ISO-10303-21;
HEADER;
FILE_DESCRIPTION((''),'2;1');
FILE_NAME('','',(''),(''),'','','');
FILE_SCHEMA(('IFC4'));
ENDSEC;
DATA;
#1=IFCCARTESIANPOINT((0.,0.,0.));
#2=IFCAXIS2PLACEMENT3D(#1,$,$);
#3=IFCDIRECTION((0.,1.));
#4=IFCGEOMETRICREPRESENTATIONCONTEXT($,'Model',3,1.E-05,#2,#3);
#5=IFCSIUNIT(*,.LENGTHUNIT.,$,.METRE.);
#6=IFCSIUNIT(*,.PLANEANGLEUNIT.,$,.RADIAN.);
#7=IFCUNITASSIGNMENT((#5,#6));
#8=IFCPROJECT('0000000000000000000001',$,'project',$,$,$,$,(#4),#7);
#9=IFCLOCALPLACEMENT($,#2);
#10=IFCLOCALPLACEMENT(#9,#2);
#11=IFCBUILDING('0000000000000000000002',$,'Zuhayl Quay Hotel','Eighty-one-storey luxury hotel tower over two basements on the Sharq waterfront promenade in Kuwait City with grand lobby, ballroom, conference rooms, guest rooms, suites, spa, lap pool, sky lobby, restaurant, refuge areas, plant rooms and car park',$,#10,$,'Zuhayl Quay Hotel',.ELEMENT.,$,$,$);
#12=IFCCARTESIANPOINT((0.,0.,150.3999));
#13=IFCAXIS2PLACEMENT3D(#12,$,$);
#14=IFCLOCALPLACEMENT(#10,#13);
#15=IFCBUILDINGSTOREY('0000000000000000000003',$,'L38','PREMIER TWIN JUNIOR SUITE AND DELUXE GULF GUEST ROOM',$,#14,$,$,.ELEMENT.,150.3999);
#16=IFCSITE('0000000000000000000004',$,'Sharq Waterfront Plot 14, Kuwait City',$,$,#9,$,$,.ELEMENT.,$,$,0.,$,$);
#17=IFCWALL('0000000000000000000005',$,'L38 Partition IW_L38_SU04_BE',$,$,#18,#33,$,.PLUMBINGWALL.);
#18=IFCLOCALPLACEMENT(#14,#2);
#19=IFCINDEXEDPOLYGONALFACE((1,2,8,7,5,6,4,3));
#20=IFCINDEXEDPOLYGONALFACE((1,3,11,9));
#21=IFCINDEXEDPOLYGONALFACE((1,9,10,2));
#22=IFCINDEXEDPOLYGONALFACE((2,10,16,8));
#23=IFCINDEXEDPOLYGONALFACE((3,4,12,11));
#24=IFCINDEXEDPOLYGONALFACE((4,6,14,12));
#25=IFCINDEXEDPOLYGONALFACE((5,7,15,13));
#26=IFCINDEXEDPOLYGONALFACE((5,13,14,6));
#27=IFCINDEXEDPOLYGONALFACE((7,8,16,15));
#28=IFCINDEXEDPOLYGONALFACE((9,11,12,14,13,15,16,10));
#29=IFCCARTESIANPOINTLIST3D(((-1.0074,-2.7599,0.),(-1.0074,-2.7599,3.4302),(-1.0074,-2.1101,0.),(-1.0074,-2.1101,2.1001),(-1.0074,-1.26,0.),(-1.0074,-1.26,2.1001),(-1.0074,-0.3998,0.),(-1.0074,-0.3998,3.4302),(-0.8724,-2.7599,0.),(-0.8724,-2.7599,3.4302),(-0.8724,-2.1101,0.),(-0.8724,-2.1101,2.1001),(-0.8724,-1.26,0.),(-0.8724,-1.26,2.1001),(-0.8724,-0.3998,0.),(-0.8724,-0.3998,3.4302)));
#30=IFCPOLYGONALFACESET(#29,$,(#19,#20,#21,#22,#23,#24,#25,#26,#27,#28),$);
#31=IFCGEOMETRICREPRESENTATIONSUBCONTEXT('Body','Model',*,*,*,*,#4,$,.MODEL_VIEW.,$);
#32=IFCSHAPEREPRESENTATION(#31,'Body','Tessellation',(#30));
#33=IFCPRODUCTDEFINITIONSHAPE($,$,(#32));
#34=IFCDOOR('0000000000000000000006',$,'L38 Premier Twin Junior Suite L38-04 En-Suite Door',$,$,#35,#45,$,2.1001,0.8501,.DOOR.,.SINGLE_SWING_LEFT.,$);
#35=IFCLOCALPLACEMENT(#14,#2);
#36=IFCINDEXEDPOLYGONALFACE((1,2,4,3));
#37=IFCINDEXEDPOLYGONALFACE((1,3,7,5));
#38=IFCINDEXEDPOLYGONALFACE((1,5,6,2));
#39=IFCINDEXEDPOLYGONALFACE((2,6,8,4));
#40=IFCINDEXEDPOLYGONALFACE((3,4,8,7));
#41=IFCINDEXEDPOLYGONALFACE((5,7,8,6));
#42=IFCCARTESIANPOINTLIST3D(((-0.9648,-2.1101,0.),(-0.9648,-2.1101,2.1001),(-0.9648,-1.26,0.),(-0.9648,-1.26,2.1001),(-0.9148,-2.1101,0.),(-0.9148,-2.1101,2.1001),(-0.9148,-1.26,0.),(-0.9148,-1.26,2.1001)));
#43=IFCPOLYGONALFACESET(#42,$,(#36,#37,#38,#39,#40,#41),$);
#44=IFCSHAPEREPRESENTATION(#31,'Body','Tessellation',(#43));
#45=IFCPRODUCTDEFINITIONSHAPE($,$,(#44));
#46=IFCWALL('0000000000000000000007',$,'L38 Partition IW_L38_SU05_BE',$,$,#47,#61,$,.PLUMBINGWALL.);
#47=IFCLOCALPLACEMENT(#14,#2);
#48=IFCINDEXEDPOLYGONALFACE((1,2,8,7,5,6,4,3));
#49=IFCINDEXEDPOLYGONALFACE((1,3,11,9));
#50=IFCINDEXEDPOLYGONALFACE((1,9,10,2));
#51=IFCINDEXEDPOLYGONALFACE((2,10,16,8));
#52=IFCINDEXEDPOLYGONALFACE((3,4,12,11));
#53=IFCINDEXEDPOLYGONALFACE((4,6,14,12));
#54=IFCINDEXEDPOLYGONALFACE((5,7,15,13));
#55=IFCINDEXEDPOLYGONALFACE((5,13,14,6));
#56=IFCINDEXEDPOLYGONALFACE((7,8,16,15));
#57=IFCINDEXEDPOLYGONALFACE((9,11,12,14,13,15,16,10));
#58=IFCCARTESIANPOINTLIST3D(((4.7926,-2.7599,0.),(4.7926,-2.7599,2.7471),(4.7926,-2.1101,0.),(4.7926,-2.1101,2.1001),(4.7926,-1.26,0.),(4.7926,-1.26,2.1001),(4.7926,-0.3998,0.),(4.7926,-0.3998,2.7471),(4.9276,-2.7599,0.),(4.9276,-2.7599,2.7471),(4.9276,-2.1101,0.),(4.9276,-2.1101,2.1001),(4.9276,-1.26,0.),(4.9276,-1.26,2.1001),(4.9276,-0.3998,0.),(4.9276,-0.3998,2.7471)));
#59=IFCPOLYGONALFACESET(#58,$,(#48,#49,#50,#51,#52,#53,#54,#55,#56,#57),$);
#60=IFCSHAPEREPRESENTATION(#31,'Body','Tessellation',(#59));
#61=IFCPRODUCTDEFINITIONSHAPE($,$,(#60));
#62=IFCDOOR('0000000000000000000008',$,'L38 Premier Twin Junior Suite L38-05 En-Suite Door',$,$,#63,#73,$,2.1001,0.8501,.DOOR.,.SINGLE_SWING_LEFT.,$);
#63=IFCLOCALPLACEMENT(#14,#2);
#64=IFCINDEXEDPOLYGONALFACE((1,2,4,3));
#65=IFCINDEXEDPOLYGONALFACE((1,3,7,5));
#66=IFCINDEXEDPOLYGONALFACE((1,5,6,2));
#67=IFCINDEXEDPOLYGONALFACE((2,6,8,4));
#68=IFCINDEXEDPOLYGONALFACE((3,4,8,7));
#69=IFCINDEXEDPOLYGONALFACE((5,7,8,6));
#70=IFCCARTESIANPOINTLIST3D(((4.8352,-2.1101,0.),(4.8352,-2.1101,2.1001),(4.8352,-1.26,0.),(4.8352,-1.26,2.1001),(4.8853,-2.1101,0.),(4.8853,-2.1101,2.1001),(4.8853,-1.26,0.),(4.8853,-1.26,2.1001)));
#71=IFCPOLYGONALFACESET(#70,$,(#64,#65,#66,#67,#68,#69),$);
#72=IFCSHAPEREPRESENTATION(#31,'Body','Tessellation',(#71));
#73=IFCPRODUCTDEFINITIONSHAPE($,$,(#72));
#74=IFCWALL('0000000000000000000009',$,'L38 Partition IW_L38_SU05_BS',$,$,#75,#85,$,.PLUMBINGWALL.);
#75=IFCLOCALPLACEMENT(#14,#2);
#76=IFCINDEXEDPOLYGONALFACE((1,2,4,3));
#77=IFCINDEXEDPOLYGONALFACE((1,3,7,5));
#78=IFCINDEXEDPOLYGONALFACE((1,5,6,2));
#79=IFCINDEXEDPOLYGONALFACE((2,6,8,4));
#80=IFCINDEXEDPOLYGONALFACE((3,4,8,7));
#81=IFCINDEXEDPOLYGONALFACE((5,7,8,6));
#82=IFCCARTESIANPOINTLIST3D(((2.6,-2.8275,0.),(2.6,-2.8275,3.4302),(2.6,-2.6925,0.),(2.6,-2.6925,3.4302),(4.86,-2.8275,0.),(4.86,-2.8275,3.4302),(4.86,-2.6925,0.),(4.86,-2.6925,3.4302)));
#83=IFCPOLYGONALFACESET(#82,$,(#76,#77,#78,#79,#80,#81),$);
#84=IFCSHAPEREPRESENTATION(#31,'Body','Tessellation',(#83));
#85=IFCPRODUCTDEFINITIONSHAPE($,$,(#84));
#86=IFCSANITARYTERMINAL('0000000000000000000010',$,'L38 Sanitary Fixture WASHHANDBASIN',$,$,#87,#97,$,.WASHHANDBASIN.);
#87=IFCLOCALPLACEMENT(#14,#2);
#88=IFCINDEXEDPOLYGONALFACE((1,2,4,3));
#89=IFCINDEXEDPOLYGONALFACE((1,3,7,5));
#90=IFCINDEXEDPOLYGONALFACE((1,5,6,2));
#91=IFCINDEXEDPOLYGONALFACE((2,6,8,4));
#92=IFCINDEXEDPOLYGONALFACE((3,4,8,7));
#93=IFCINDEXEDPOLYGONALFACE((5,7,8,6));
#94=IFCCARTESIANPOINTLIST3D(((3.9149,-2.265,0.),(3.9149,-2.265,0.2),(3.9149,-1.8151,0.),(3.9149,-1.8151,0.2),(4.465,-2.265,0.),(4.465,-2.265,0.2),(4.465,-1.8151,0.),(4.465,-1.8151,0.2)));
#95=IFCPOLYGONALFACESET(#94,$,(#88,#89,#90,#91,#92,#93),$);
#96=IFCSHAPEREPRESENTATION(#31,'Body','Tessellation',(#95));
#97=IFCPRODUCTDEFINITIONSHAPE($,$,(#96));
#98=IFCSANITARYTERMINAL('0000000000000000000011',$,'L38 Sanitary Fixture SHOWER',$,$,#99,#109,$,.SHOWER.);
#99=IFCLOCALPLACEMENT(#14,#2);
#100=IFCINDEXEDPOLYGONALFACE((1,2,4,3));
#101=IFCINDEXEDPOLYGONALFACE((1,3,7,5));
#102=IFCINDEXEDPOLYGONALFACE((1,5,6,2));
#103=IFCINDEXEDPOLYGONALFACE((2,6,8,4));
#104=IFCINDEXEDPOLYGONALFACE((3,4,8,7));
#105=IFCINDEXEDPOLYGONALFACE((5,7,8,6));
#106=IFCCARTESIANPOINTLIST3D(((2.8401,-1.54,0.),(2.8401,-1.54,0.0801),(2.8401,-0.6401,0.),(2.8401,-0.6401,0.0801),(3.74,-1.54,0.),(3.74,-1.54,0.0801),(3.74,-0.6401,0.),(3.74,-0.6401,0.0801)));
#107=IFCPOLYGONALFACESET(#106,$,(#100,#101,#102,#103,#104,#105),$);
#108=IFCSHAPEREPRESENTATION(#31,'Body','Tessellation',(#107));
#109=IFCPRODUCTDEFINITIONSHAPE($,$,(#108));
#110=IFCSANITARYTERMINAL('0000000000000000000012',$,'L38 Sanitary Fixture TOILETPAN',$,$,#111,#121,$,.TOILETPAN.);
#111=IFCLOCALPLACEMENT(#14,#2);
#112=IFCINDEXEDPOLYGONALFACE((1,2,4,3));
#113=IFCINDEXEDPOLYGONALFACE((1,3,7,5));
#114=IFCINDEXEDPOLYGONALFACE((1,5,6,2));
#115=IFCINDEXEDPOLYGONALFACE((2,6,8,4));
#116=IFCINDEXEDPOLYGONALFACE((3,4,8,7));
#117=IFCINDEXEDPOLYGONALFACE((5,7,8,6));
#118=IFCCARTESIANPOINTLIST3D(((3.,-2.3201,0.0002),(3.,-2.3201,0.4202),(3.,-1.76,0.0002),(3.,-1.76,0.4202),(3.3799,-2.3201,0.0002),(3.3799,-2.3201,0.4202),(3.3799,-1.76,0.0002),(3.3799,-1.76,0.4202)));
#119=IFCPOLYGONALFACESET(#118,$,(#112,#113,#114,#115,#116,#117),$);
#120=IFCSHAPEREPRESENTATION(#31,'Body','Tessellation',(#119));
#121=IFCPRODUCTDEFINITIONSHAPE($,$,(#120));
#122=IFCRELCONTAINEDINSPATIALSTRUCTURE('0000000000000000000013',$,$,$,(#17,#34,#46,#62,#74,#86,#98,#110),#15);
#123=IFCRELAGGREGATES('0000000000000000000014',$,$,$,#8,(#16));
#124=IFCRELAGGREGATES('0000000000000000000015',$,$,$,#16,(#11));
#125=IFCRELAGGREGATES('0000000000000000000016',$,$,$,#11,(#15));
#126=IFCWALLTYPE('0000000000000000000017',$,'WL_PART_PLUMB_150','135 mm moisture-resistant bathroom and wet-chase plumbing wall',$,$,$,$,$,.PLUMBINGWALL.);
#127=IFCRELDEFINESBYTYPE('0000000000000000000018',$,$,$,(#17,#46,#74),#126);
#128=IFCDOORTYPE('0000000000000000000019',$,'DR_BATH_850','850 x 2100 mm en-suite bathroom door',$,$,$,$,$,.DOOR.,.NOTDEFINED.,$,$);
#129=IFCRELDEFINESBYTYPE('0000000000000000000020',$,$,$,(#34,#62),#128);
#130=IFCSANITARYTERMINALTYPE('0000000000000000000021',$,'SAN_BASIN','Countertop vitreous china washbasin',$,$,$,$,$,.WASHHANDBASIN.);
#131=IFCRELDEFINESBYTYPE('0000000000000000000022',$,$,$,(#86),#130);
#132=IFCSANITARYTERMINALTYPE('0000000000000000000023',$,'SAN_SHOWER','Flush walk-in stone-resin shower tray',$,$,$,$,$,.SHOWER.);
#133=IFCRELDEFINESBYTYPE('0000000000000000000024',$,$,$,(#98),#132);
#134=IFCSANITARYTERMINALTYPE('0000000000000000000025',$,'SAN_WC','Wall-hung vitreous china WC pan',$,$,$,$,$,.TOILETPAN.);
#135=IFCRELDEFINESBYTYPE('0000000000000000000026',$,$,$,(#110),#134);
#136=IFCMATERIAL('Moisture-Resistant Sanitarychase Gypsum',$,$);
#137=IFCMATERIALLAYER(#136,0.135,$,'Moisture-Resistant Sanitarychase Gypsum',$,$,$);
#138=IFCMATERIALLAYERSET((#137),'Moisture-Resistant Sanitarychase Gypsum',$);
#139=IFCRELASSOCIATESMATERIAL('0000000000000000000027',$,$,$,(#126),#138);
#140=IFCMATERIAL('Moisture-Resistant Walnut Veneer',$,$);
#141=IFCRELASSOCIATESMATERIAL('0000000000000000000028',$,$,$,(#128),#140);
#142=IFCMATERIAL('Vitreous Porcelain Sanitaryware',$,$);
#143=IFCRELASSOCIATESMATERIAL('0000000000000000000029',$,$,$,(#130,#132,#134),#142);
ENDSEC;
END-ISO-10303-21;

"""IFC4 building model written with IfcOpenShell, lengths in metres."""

from ifc_helpers import new_model, si_unit, direction, frame, frame_2d, origin, origin_2d, place, context, subcontext, project, spatial, rectangle, extrude, material, layer, layer_set, type_object, element, fill, save


model = new_model("IFC4")

# Units and contexts
model_context = context("Model", 3, precision=1e-05, world=origin(), true_north=direction((0.0, 1.0)))
body_context = subcontext(model_context, "Body", "Model", "MODEL_VIEW")
ifc_project = project(units=[si_unit("LENGTHUNIT", "METRE"), si_unit("PLANEANGLEUNIT", "RADIAN")], contexts=[model_context])

# Site, building, storey
site_placement = place(None, origin())
site = spatial("IfcSite", under=ifc_project, at=site_placement, Name="Sharq Waterfront Plot 14, Kuwait City", CompositionType="ELEMENT", RefElevation=0.0)
building_placement = place(site_placement, origin())
building = spatial("IfcBuilding", under=site, at=building_placement, Name="Zuhayl Quay Hotel", Description="Eighty-one-storey luxury hotel tower over two basements on the Sharq waterfront promenade in Kuwait City with grand lobby, ballroom, conference rooms, guest rooms, suites, spa, lap pool, sky lobby, restaurant, refuge areas, plant rooms and car park", LongName="Zuhayl Quay Hotel", CompositionType="ELEMENT")
storey_placement = place(building_placement, frame((0.0, 0.0, 150.3999)))
storey = spatial("IfcBuildingStorey", under=building, at=storey_placement, Name="L38", Description="PREMIER TWIN JUNIOR SUITE AND DELUXE GULF GUEST ROOM", CompositionType="ELEMENT", Elevation=150.3999)

# Walls, openings, doors
ifc_material_1 = material(Name="Moisture-Resistant Sanitarychase Gypsum")
ifc_layer_1 = layer(ifc_material_1, 0.135, Name="Moisture-Resistant Sanitarychase Gypsum")
ifc_layer_set_1 = layer_set([ifc_layer_1], Name="Moisture-Resistant Sanitarychase Gypsum")
wall_type_1 = type_object("IfcWallType", Name="WL_PART_PLUMB_150", Description="135 mm moisture-resistant bathroom and wet-chase plumbing wall", PredefinedType="PLUMBINGWALL", material=ifc_layer_set_1)
wall_1_placement = place(storey_placement, frame((-0.9399, -2.76, 0.0), z_axis=(0.0, 0.0, 1.0), x_axis=(0.0, 1.0, 0.0)))
wall_1 = element("IfcWall", 1, at=wall_1_placement, inside=storey, type_object=wall_type_1, Name="L38 Partition IW_L38_SU04_BE", PredefinedType="PLUMBINGWALL", context=body_context, shape_type="SweptSolid", body=[
    extrude(rectangle(XDim=2.3601, YDim=0.135, at=frame_2d((1.1802, 0.0))), origin(), (0.0, 0.0, 1.0), 3.4302),
])
opening_1_placement = place(wall_1_placement, frame((0.6499, 0.0, 0.0)))
opening_1 = element("IfcOpeningElement", 2, at=opening_1_placement, cuts=wall_1, PredefinedType="OPENING", context=body_context, shape_type="SweptSolid", body=[
    extrude(rectangle(XDim=0.8501, YDim=2.1001, at=frame_2d((0.425, 1.05))), frame((0.0, 0.0774, 0.0), z_axis=(0.0, -1.0, 0.0), x_axis=(1.0, 0.0, 0.0)), (0.0, 0.0, 1.0), 0.155),
])
ifc_material_2 = material(Name="Moisture-Resistant Walnut Veneer")
door_type_1 = type_object("IfcDoorType", Name="DR_BATH_850", Description="850 x 2100 mm en-suite bathroom door", OperationType="NOTDEFINED", PredefinedType="DOOR", material=ifc_material_2)
door_1_placement = place(opening_1_placement, origin())
door_1 = element("IfcDoor", 3, at=door_1_placement, inside=storey, type_object=door_type_1, Name="L38 Premier Twin Junior Suite L38-04 En-Suite Door", OperationType="SINGLE_SWING_LEFT", OverallHeight=2.1001, OverallWidth=0.8501, PredefinedType="DOOR", context=body_context, shape_type="SweptSolid", body=[
    extrude(rectangle(XDim=0.8501, YDim=2.1001, at=frame_2d((0.425, 1.05))), frame((0.0, 0.0249, 0.0), z_axis=(0.0, -1.0, 0.0), x_axis=(1.0, 0.0, 0.0)), (0.0, 0.0, 1.0), 0.05),
])
fill(opening_1, door_1)
wall_2_placement = place(storey_placement, frame((4.8601, -2.76, 0.0), z_axis=(0.0, 0.0, 1.0), x_axis=(0.0, 1.0, 0.0)))
wall_2 = element("IfcWall", 4, at=wall_2_placement, inside=storey, type_object=wall_type_1, Name="L38 Partition IW_L38_SU05_BE", PredefinedType="PLUMBINGWALL", context=body_context, shape_type="SweptSolid", body=[
    extrude(rectangle(XDim=2.3601, YDim=0.135, at=frame_2d((1.1802, 0.0))), origin(), (0.0, 0.0, 1.0), 2.7471),
])
opening_2_placement = place(wall_2_placement, frame((0.6499, 0.0, 0.0)))
opening_2 = element("IfcOpeningElement", 5, at=opening_2_placement, cuts=wall_2, PredefinedType="OPENING", context=body_context, shape_type="SweptSolid", body=[
    extrude(rectangle(XDim=0.8501, YDim=2.1001, at=frame_2d((0.425, 1.05))), frame((0.0, 0.0774, 0.0), z_axis=(0.0, -1.0, 0.0), x_axis=(1.0, 0.0, 0.0)), (0.0, 0.0, 1.0), 0.155),
])
door_2_placement = place(opening_2_placement, origin())
door_2 = element("IfcDoor", 6, at=door_2_placement, inside=storey, type_object=door_type_1, Name="L38 Premier Twin Junior Suite L38-05 En-Suite Door", OperationType="SINGLE_SWING_LEFT", OverallHeight=2.1001, OverallWidth=0.8501, PredefinedType="DOOR", context=body_context, shape_type="SweptSolid", body=[
    extrude(rectangle(XDim=0.8501, YDim=2.1001, at=frame_2d((0.425, 1.05))), frame((0.0, 0.0249, 0.0), z_axis=(0.0, -1.0, 0.0), x_axis=(1.0, 0.0, 0.0)), (0.0, 0.0, 1.0), 0.05),
])
fill(opening_2, door_2)

# Wall
wall_3_placement = place(storey_placement, frame((2.6001, -2.76, 0.0), z_axis=(0.0, 0.0, 1.0), x_axis=(1.0, 0.0, 0.0)))
element("IfcWall", 7, at=wall_3_placement, inside=storey, type_object=wall_type_1, Name="L38 Partition IW_L38_SU05_BS", PredefinedType="PLUMBINGWALL", context=body_context, shape_type="SweptSolid", body=[
    extrude(rectangle(XDim=2.26, YDim=0.135, at=frame_2d((1.1299, 0.0))), origin(), (0.0, 0.0, 1.0), 3.4302),
])

# Sanitary terminals
ifc_material_3 = material(Name="Vitreous Porcelain Sanitaryware")
sanitary_terminal_type_1 = type_object("IfcSanitaryTerminalType", Name="SAN_BASIN", Description="Countertop vitreous china washbasin", PredefinedType="WASHHANDBASIN", material=ifc_material_3)
sanitary_terminal_1_placement = place(storey_placement, frame((4.1899, -2.04, 0.0), z_axis=(0.0, 0.0, 1.0), x_axis=(1.0, 0.0, 0.0)))
element("IfcSanitaryTerminal", 8, at=sanitary_terminal_1_placement, inside=storey, type_object=sanitary_terminal_type_1, Name="L38 Sanitary Fixture WASHHANDBASIN", PredefinedType="WASHHANDBASIN", context=body_context, shape_type="SweptSolid", body=[
    extrude(rectangle(XDim=0.55, YDim=0.45, at=origin_2d()), origin(), (0.0, 0.0, 1.0), 0.2),
])
sanitary_terminal_type_2 = type_object("IfcSanitaryTerminalType", Name="SAN_SHOWER", Description="Flush walk-in stone-resin shower tray", PredefinedType="SHOWER", material=ifc_material_3)
sanitary_terminal_2_placement = place(storey_placement, frame((3.29, -1.0901, 0.0), z_axis=(0.0, 0.0, 1.0), x_axis=(1.0, 0.0, 0.0)))
element("IfcSanitaryTerminal", 9, at=sanitary_terminal_2_placement, inside=storey, type_object=sanitary_terminal_type_2, Name="L38 Sanitary Fixture SHOWER", PredefinedType="SHOWER", context=body_context, shape_type="SweptSolid", body=[
    extrude(rectangle(XDim=0.8999, YDim=0.8999, at=origin_2d()), origin(), (0.0, 0.0, 1.0), 0.0801),
])
sanitary_terminal_type_3 = type_object("IfcSanitaryTerminalType", Name="SAN_WC", Description="Wall-hung vitreous china WC pan", PredefinedType="TOILETPAN", material=ifc_material_3)
sanitary_terminal_3_placement = place(storey_placement, frame((3.1899, -2.04, 0.0002), z_axis=(0.0, 0.0, 1.0), x_axis=(1.0, 0.0, 0.0)))
element("IfcSanitaryTerminal", 10, at=sanitary_terminal_3_placement, inside=storey, type_object=sanitary_terminal_type_3, Name="L38 Sanitary Fixture TOILETPAN", PredefinedType="TOILETPAN", context=body_context, shape_type="SweptSolid", body=[
    extrude(rectangle(XDim=0.3799, YDim=0.5601, at=origin_2d()), origin(), (0.0, 0.0, 1.0), 0.4199),
])

save(model, "model.ifc")
